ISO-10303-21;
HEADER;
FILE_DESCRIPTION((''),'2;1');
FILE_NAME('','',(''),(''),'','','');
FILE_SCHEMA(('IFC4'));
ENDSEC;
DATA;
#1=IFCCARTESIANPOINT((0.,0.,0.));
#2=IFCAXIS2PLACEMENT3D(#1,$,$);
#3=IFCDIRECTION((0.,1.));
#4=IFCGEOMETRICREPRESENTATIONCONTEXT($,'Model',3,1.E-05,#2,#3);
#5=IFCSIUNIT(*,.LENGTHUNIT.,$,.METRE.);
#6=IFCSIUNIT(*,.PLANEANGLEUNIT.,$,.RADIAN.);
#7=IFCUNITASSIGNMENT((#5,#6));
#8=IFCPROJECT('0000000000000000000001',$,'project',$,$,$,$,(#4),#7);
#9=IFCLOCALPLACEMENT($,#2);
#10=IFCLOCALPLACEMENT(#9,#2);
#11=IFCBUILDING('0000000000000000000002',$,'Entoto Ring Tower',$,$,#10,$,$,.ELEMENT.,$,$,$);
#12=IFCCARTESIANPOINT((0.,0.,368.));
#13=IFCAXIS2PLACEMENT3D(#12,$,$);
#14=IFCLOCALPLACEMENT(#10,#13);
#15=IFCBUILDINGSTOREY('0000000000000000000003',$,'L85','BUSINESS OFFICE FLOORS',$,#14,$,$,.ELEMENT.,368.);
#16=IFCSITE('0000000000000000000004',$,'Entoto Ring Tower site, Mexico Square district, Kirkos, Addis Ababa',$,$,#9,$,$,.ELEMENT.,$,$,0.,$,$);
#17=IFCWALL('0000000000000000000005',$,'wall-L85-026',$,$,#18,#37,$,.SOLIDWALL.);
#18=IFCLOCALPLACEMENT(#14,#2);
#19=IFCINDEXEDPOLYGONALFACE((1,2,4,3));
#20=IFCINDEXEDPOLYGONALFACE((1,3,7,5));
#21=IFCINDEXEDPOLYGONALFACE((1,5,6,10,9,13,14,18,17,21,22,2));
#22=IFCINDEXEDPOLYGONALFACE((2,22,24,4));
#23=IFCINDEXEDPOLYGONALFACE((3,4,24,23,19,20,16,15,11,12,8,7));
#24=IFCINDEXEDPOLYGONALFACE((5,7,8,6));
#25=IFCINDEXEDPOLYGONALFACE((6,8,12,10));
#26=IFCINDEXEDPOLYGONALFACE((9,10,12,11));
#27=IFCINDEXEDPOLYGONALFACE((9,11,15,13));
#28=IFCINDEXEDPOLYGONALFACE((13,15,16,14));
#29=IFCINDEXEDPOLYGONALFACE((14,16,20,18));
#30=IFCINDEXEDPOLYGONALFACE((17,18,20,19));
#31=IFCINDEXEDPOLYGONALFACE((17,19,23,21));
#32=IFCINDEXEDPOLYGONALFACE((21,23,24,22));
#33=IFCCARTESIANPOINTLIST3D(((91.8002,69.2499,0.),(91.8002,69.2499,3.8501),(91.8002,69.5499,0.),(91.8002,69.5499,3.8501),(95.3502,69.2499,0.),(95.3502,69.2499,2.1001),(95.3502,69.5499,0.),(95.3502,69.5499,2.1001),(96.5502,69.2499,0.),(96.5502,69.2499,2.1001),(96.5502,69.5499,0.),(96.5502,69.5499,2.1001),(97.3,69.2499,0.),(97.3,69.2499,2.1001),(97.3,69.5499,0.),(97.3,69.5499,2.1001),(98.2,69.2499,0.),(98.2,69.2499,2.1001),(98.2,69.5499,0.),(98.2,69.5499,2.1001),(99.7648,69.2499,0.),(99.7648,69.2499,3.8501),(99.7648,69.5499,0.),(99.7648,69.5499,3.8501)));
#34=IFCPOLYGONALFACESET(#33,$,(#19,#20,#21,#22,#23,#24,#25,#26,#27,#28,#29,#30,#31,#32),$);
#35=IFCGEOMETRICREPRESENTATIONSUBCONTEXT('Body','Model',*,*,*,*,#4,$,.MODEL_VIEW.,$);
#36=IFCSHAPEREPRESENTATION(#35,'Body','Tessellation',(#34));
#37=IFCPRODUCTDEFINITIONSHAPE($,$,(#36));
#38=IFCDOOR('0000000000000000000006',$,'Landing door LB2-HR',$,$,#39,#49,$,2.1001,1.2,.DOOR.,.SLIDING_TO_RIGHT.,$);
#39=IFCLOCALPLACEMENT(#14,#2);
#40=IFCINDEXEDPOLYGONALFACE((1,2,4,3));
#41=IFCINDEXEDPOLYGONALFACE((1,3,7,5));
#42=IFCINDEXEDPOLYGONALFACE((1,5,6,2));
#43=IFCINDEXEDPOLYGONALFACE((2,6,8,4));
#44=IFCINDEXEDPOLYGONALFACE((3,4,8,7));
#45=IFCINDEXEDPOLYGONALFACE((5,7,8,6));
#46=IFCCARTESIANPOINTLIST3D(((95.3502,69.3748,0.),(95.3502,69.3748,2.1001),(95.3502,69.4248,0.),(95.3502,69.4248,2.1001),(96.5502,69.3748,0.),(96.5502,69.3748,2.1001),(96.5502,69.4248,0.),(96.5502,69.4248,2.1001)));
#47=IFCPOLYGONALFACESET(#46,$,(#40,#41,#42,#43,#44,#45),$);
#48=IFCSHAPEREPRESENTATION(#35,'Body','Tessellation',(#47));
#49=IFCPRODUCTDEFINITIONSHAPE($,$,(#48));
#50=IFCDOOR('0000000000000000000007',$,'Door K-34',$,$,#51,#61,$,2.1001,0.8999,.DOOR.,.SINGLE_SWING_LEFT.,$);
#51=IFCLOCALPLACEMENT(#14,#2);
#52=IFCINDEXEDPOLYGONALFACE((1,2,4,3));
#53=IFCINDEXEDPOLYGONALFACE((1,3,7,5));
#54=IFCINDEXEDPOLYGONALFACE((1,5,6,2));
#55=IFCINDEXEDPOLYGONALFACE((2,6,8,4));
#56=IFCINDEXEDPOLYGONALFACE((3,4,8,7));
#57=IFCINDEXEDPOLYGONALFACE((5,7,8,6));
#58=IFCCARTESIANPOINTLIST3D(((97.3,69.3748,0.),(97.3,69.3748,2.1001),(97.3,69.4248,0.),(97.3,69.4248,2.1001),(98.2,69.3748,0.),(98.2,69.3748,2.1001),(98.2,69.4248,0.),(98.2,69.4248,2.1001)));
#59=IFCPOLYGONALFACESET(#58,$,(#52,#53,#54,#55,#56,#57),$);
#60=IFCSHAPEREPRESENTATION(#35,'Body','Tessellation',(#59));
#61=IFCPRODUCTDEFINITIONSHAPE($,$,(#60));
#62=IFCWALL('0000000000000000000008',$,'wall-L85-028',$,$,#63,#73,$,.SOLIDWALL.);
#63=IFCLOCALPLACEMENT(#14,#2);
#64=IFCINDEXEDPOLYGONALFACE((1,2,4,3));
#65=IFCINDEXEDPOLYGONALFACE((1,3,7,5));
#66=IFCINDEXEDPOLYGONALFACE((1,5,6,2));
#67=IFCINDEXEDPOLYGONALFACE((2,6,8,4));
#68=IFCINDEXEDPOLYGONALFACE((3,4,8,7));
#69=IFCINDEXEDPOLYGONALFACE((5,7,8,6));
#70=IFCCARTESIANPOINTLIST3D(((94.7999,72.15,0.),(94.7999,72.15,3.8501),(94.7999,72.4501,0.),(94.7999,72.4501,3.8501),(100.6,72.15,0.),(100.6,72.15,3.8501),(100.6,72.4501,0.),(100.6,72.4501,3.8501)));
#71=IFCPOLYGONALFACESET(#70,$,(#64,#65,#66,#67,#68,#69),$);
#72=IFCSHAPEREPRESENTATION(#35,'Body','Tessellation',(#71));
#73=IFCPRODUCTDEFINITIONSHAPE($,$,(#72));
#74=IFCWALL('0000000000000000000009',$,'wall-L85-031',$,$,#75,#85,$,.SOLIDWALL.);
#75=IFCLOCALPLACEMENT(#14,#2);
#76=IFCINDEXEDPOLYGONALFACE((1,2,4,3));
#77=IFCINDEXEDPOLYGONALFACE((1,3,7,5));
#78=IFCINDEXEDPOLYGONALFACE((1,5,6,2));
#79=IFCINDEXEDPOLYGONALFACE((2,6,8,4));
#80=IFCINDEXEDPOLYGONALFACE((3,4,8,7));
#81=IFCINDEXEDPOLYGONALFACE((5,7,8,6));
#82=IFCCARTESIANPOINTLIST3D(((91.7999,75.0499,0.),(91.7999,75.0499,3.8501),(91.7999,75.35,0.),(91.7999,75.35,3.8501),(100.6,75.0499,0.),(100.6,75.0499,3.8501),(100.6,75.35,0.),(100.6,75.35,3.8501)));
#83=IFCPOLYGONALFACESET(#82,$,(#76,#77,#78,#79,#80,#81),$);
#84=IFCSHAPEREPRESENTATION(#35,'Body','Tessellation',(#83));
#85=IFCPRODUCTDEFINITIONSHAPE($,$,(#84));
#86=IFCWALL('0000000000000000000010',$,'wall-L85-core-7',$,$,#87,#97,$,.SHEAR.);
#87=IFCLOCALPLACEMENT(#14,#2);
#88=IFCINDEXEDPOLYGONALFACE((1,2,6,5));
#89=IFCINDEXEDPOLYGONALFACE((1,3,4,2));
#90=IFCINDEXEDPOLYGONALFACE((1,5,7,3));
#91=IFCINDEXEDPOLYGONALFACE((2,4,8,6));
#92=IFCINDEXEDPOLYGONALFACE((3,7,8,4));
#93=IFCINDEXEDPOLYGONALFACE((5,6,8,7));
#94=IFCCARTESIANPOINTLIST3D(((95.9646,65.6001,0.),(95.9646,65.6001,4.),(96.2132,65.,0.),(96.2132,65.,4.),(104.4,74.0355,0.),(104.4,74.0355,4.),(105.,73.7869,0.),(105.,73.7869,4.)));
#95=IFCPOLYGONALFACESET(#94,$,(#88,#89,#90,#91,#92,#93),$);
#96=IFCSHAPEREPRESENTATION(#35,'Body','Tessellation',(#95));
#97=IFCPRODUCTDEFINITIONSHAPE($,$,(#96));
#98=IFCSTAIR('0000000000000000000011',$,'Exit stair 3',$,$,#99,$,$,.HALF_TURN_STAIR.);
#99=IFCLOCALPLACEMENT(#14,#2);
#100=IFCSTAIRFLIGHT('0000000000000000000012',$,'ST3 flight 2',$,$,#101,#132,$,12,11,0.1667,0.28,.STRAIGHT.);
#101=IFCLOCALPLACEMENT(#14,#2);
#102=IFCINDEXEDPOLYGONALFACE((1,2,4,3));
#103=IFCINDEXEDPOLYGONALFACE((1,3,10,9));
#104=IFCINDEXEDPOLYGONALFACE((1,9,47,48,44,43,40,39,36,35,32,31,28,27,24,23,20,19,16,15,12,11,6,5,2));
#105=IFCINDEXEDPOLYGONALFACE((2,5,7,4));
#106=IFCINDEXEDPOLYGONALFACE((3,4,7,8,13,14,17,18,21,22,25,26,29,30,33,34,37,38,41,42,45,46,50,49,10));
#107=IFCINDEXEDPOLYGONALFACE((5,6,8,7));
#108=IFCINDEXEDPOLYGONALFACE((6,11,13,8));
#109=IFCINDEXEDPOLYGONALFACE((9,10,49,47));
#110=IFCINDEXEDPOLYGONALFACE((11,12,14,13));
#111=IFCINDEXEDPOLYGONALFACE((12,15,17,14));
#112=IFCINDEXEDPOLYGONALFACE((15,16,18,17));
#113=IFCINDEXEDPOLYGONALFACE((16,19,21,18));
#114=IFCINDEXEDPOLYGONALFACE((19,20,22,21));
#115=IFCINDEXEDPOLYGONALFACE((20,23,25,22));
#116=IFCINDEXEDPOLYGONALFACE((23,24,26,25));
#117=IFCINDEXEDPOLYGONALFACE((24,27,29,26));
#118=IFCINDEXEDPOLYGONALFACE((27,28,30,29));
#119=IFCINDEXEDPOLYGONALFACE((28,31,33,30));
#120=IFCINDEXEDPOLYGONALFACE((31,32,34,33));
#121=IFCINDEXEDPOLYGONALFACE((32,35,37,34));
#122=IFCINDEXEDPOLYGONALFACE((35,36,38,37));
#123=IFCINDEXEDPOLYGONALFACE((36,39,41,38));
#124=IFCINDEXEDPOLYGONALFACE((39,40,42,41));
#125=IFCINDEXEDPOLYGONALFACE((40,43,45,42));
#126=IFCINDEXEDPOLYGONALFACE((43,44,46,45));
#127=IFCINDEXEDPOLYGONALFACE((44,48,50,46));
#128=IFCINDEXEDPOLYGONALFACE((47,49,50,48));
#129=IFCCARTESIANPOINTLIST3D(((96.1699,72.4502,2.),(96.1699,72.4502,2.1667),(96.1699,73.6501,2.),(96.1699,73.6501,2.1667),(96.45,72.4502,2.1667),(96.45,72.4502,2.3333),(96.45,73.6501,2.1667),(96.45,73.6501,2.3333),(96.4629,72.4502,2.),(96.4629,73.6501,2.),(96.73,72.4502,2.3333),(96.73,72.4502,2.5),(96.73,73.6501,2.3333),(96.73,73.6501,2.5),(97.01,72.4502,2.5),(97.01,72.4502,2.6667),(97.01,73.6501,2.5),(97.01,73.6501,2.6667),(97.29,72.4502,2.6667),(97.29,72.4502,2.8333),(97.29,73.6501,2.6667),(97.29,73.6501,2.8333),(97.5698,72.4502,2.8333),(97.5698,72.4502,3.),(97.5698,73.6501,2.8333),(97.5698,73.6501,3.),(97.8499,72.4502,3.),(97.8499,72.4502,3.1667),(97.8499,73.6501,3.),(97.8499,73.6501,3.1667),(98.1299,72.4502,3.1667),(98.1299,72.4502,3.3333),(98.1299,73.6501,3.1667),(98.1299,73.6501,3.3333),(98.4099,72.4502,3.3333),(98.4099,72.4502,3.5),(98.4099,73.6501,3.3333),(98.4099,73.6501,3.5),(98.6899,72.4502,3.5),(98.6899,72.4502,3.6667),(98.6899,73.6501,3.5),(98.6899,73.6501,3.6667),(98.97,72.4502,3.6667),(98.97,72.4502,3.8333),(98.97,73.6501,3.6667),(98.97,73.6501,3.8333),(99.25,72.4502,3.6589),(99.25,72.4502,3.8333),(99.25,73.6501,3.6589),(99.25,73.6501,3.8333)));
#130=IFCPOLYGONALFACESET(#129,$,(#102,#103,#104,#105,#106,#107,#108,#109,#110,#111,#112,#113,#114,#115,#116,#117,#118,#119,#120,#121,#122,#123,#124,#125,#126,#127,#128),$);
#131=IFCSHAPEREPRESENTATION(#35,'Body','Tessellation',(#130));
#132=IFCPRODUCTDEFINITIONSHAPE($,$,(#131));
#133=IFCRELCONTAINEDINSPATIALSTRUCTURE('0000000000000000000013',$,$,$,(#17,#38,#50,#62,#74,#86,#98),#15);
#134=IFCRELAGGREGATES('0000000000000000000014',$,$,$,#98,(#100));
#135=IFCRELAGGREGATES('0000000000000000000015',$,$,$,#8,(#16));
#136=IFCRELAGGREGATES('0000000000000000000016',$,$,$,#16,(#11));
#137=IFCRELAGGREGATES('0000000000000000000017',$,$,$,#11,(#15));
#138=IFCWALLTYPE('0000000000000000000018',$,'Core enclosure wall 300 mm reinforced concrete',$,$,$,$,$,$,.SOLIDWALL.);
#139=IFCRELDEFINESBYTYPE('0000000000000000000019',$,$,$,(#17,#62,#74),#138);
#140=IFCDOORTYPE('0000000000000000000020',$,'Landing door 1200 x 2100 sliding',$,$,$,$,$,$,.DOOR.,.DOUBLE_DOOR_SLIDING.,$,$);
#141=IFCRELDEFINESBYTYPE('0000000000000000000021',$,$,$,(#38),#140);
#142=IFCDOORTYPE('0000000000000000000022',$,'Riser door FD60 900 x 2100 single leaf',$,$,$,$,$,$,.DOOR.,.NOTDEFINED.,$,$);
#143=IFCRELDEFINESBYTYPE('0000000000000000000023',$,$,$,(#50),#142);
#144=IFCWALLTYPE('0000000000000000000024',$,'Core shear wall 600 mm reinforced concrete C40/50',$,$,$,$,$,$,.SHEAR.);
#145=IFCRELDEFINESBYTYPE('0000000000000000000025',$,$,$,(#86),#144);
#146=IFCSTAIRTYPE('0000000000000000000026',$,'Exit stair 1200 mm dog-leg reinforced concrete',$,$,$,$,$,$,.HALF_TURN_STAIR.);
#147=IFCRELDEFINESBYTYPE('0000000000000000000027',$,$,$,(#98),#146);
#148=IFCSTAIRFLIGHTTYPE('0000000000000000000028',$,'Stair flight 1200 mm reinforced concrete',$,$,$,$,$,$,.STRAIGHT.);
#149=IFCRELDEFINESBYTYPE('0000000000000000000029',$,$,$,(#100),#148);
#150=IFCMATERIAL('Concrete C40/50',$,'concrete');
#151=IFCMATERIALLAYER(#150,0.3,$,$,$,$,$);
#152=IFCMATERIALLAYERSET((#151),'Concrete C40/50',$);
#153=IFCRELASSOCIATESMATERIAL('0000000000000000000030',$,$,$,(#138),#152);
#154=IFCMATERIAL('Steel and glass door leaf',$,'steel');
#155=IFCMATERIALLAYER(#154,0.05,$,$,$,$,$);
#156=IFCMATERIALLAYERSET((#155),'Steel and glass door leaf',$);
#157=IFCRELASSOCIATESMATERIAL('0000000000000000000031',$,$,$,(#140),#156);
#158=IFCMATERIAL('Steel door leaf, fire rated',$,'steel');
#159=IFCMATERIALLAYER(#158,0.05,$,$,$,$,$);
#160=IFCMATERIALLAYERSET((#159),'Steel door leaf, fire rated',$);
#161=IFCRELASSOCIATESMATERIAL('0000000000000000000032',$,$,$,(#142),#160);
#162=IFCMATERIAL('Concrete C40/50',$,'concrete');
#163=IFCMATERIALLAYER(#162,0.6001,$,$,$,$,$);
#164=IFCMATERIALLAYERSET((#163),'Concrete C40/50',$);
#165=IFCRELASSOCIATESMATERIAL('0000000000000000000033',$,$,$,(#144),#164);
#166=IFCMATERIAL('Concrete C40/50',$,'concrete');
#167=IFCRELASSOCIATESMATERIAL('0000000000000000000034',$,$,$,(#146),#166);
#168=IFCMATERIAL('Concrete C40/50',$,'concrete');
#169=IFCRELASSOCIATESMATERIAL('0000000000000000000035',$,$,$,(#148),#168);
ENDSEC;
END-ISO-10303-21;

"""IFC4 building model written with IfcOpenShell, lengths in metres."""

from ifc_helpers import new_model, si_unit, direction, frame, frame_2d, origin, place, context, subcontext, project, spatial, polyline, rectangle, outline, extrude, material, layer, layer_set, type_object, element, fill, aggregate, save


model = new_model("IFC4")

# Units and contexts
model_context = context("Model", 3, precision=1e-05, world=origin(), true_north=direction((0.0, 1.0)))
body_context = subcontext(model_context, "Body", "Model", "MODEL_VIEW")
ifc_project = project(units=[si_unit("LENGTHUNIT", "METRE"), si_unit("PLANEANGLEUNIT", "RADIAN")], contexts=[model_context])

# Site, building, storey
site_placement = place(None, origin())
site = spatial("IfcSite", under=ifc_project, at=site_placement, Name="Entoto Ring Tower site, Mexico Square district, Kirkos, Addis Ababa", CompositionType="ELEMENT", RefElevation=0.0)
building_placement = place(site_placement, origin())
building = spatial("IfcBuilding", under=site, at=building_placement, Name="Entoto Ring Tower", CompositionType="ELEMENT")
storey_placement = place(building_placement, frame((0.0, 0.0, 368.0)))
storey = spatial("IfcBuildingStorey", under=building, at=storey_placement, Name="L85", Description="BUSINESS OFFICE FLOORS", CompositionType="ELEMENT", Elevation=368.0)

# Shared definitions
ifc_material_1 = material(Name="Concrete C40/50", Category="concrete")
ifc_layer_1 = layer(ifc_material_1, 0.3)
ifc_layer_set_1 = layer_set([ifc_layer_1], Name="Concrete C40/50")
wall_type_1 = type_object("IfcWallType", Name="Core enclosure wall 300 mm reinforced concrete", PredefinedType="SOLIDWALL", material=ifc_layer_set_1)

# Wall, openings, doors
wall_1_placement = place(storey_placement, frame((91.8, 69.3999, 0.0), z_axis=(0.0, 0.0, 1.0), x_axis=(1.0, 0.0, 0.0)))
wall_1 = element("IfcWall", 1, at=wall_1_placement, inside=storey, type_object=wall_type_1, Name="wall-L85-026", PredefinedType="SOLIDWALL", context=body_context, shape_type="SweptSolid", body=[
    extrude(rectangle(XDim=7.9646, YDim=0.3, at=frame_2d((3.9824, 0.0))), origin(), (0.0, 0.0, 1.0), 3.8501),
])
opening_1_placement = place(wall_1_placement, frame((3.55, 0.0, 0.0)))
opening_1 = element("IfcOpeningElement", 2, at=opening_1_placement, cuts=wall_1, PredefinedType="OPENING", context=body_context, shape_type="SweptSolid", body=[
    extrude(rectangle(XDim=1.2, YDim=2.1001, at=frame_2d((0.6001, 1.05))), frame((0.0, 0.1602, 0.0), z_axis=(0.0, -1.0, 0.0), x_axis=(1.0, 0.0, 0.0)), (0.0, 0.0, 1.0), 0.3201),
])
opening_2_placement = place(wall_1_placement, frame((5.5, 0.0, 0.0)))
opening_2 = element("IfcOpeningElement", 3, at=opening_2_placement, cuts=wall_1, PredefinedType="OPENING", context=body_context, shape_type="SweptSolid", body=[
    extrude(rectangle(XDim=0.8999, YDim=2.1001, at=frame_2d((0.45, 1.05))), frame((0.0, 0.1602, 0.0), z_axis=(0.0, -1.0, 0.0), x_axis=(1.0, 0.0, 0.0)), (0.0, 0.0, 1.0), 0.3201),
])
ifc_material_2 = material(Name="Steel and glass door leaf", Category="steel")
ifc_layer_2 = layer(ifc_material_2, 0.05)
ifc_layer_set_2 = layer_set([ifc_layer_2], Name="Steel and glass door leaf")
door_type_1 = type_object("IfcDoorType", Name="Landing door 1200 x 2100 sliding", OperationType="DOUBLE_DOOR_SLIDING", PredefinedType="DOOR", material=ifc_layer_set_2)
door_1_placement = place(opening_1_placement, origin())
door_1 = element("IfcDoor", 4, at=door_1_placement, inside=storey, type_object=door_type_1, Name="Landing door LB2-HR", OperationType="SLIDING_TO_RIGHT", OverallHeight=2.1001, OverallWidth=1.2, PredefinedType="DOOR", context=body_context, shape_type="SweptSolid", body=[
    extrude(rectangle(XDim=1.2, YDim=2.1001, at=frame_2d((0.6001, 1.05))), frame((0.0, 0.0249, 0.0), z_axis=(0.0, -1.0, 0.0), x_axis=(1.0, 0.0, 0.0)), (0.0, 0.0, 1.0), 0.05),
])
fill(opening_1, door_1)
ifc_material_3 = material(Name="Steel door leaf, fire rated", Category="steel")
ifc_layer_3 = layer(ifc_material_3, 0.05)
ifc_layer_set_3 = layer_set([ifc_layer_3], Name="Steel door leaf, fire rated")
door_type_2 = type_object("IfcDoorType", Name="Riser door FD60 900 x 2100 single leaf", OperationType="NOTDEFINED", PredefinedType="DOOR", material=ifc_layer_set_3)
door_2_placement = place(opening_2_placement, origin())
door_2 = element("IfcDoor", 5, at=door_2_placement, inside=storey, type_object=door_type_2, Name="Door K-34", OperationType="SINGLE_SWING_LEFT", OverallHeight=2.1001, OverallWidth=0.8999, PredefinedType="DOOR", context=body_context, shape_type="SweptSolid", body=[
    extrude(rectangle(XDim=0.8999, YDim=2.1001, at=frame_2d((0.45, 1.05))), frame((0.0, 0.0249, 0.0), z_axis=(0.0, -1.0, 0.0), x_axis=(1.0, 0.0, 0.0)), (0.0, 0.0, 1.0), 0.05),
])
fill(opening_2, door_2)

# Walls
wall_2_placement = place(storey_placement, frame((94.8, 72.3, 0.0), z_axis=(0.0, 0.0, 1.0), x_axis=(1.0, 0.0, 0.0)))
element("IfcWall", 6, at=wall_2_placement, inside=storey, type_object=wall_type_1, Name="wall-L85-028", PredefinedType="SOLIDWALL", context=body_context, shape_type="SweptSolid", body=[
    extrude(rectangle(XDim=5.8, YDim=0.3, at=frame_2d((2.8999, 0.0))), origin(), (0.0, 0.0, 1.0), 3.8501),
])
wall_3_placement = place(storey_placement, frame((91.8, 75.2, 0.0), z_axis=(0.0, 0.0, 1.0), x_axis=(1.0, 0.0, 0.0)))
element("IfcWall", 7, at=wall_3_placement, inside=storey, type_object=wall_type_1, Name="wall-L85-031", PredefinedType="SOLIDWALL", context=body_context, shape_type="SweptSolid", body=[
    extrude(rectangle(XDim=8.8, YDim=0.3, at=frame_2d((4.3999, 0.0))), origin(), (0.0, 0.0, 1.0), 3.8501),
])
ifc_material_4 = material(Name="Concrete C40/50", Category="concrete")
ifc_layer_4 = layer(ifc_material_4, 0.6001)
ifc_layer_set_4 = layer_set([ifc_layer_4], Name="Concrete C40/50")
wall_type_2 = type_object("IfcWallType", Name="Core shear wall 600 mm reinforced concrete C40/50", PredefinedType="SHEAR", material=ifc_layer_set_4)
wall_4_placement = place(storey_placement, frame((96.0889, 65.3, 0.0), z_axis=(0.0, 0.0, 1.0), x_axis=(0.707107, 0.707107, 0.0)))
element("IfcWall", 8, at=wall_4_placement, inside=storey, type_object=wall_type_2, Name="wall-L85-core-7", PredefinedType="SHEAR", context=body_context, shape_type="SweptSolid", body=[
    extrude(outline(polyline([(-0.1243, -0.3), (12.3022, -0.3), (12.0537, 0.3), (0.1243, 0.3), (-0.1243, -0.3)])), origin(), (0.0, 0.0, 1.0), 4.0),
])

# Stair, stair flight
ifc_material_5 = material(Name="Concrete C40/50", Category="concrete")
stair_type = type_object("IfcStairType", Name="Exit stair 1200 mm dog-leg reinforced concrete", PredefinedType="HALF_TURN_STAIR", material=ifc_material_5)
stair_placement = place(storey_placement, origin())
stair = element("IfcStair", 9, at=stair_placement, inside=storey, type_object=stair_type, Name="Exit stair 3", PredefinedType="HALF_TURN_STAIR")
ifc_material_6 = material(Name="Concrete C40/50", Category="concrete")
stair_flight_type = type_object("IfcStairFlightType", Name="Stair flight 1200 mm reinforced concrete", PredefinedType="STRAIGHT", material=ifc_material_6)
stair_flight_placement = place(storey_placement, frame((96.1699, 73.05, 2.0), z_axis=(0.0, 0.0, 1.0), x_axis=(1.0, 0.0, 0.0)))
stair_flight = element("IfcStairFlight", 10, at=stair_flight_placement, type_object=stair_flight_type, Name="ST3 flight 2", NumberOfRisers=12, NumberOfTreads=11, PredefinedType="STRAIGHT", RiserHeight=0.1667, TreadLength=0.28, context=body_context, shape_type="SweptSolid", body=[
    extrude(outline(polyline([(0.0, 0.0), (0.0, 0.1667), (0.28, 0.1667), (0.28, 0.3333), (0.5601, 0.3333), (0.5601, 0.5), (0.8401, 0.5), (0.8401, 0.6667), (1.1201, 0.6667), (1.1201, 0.8333), (1.3999, 0.8333), (1.3999, 1.0), (1.6799, 1.0), (1.6799, 1.1667), (1.96, 1.1667), (1.96, 1.3333), (2.24, 1.3333), (2.24, 1.5), (2.52, 1.5), (2.52, 1.6667), (2.8, 1.6667), (2.8, 1.8333), (3.0801, 1.8333), (3.0801, 2.0), (3.0801, 1.6589), (0.293, 0.0), (0.0, 0.0)])), frame((0.0, 0.6001, 0.0), z_axis=(0.0, -1.0, 0.0), x_axis=(1.0, 0.0, 0.0)), (0.0, 0.0, 1.0), 1.2),
])
aggregate(stair, [stair_flight])

save(model, "model.ifc")
